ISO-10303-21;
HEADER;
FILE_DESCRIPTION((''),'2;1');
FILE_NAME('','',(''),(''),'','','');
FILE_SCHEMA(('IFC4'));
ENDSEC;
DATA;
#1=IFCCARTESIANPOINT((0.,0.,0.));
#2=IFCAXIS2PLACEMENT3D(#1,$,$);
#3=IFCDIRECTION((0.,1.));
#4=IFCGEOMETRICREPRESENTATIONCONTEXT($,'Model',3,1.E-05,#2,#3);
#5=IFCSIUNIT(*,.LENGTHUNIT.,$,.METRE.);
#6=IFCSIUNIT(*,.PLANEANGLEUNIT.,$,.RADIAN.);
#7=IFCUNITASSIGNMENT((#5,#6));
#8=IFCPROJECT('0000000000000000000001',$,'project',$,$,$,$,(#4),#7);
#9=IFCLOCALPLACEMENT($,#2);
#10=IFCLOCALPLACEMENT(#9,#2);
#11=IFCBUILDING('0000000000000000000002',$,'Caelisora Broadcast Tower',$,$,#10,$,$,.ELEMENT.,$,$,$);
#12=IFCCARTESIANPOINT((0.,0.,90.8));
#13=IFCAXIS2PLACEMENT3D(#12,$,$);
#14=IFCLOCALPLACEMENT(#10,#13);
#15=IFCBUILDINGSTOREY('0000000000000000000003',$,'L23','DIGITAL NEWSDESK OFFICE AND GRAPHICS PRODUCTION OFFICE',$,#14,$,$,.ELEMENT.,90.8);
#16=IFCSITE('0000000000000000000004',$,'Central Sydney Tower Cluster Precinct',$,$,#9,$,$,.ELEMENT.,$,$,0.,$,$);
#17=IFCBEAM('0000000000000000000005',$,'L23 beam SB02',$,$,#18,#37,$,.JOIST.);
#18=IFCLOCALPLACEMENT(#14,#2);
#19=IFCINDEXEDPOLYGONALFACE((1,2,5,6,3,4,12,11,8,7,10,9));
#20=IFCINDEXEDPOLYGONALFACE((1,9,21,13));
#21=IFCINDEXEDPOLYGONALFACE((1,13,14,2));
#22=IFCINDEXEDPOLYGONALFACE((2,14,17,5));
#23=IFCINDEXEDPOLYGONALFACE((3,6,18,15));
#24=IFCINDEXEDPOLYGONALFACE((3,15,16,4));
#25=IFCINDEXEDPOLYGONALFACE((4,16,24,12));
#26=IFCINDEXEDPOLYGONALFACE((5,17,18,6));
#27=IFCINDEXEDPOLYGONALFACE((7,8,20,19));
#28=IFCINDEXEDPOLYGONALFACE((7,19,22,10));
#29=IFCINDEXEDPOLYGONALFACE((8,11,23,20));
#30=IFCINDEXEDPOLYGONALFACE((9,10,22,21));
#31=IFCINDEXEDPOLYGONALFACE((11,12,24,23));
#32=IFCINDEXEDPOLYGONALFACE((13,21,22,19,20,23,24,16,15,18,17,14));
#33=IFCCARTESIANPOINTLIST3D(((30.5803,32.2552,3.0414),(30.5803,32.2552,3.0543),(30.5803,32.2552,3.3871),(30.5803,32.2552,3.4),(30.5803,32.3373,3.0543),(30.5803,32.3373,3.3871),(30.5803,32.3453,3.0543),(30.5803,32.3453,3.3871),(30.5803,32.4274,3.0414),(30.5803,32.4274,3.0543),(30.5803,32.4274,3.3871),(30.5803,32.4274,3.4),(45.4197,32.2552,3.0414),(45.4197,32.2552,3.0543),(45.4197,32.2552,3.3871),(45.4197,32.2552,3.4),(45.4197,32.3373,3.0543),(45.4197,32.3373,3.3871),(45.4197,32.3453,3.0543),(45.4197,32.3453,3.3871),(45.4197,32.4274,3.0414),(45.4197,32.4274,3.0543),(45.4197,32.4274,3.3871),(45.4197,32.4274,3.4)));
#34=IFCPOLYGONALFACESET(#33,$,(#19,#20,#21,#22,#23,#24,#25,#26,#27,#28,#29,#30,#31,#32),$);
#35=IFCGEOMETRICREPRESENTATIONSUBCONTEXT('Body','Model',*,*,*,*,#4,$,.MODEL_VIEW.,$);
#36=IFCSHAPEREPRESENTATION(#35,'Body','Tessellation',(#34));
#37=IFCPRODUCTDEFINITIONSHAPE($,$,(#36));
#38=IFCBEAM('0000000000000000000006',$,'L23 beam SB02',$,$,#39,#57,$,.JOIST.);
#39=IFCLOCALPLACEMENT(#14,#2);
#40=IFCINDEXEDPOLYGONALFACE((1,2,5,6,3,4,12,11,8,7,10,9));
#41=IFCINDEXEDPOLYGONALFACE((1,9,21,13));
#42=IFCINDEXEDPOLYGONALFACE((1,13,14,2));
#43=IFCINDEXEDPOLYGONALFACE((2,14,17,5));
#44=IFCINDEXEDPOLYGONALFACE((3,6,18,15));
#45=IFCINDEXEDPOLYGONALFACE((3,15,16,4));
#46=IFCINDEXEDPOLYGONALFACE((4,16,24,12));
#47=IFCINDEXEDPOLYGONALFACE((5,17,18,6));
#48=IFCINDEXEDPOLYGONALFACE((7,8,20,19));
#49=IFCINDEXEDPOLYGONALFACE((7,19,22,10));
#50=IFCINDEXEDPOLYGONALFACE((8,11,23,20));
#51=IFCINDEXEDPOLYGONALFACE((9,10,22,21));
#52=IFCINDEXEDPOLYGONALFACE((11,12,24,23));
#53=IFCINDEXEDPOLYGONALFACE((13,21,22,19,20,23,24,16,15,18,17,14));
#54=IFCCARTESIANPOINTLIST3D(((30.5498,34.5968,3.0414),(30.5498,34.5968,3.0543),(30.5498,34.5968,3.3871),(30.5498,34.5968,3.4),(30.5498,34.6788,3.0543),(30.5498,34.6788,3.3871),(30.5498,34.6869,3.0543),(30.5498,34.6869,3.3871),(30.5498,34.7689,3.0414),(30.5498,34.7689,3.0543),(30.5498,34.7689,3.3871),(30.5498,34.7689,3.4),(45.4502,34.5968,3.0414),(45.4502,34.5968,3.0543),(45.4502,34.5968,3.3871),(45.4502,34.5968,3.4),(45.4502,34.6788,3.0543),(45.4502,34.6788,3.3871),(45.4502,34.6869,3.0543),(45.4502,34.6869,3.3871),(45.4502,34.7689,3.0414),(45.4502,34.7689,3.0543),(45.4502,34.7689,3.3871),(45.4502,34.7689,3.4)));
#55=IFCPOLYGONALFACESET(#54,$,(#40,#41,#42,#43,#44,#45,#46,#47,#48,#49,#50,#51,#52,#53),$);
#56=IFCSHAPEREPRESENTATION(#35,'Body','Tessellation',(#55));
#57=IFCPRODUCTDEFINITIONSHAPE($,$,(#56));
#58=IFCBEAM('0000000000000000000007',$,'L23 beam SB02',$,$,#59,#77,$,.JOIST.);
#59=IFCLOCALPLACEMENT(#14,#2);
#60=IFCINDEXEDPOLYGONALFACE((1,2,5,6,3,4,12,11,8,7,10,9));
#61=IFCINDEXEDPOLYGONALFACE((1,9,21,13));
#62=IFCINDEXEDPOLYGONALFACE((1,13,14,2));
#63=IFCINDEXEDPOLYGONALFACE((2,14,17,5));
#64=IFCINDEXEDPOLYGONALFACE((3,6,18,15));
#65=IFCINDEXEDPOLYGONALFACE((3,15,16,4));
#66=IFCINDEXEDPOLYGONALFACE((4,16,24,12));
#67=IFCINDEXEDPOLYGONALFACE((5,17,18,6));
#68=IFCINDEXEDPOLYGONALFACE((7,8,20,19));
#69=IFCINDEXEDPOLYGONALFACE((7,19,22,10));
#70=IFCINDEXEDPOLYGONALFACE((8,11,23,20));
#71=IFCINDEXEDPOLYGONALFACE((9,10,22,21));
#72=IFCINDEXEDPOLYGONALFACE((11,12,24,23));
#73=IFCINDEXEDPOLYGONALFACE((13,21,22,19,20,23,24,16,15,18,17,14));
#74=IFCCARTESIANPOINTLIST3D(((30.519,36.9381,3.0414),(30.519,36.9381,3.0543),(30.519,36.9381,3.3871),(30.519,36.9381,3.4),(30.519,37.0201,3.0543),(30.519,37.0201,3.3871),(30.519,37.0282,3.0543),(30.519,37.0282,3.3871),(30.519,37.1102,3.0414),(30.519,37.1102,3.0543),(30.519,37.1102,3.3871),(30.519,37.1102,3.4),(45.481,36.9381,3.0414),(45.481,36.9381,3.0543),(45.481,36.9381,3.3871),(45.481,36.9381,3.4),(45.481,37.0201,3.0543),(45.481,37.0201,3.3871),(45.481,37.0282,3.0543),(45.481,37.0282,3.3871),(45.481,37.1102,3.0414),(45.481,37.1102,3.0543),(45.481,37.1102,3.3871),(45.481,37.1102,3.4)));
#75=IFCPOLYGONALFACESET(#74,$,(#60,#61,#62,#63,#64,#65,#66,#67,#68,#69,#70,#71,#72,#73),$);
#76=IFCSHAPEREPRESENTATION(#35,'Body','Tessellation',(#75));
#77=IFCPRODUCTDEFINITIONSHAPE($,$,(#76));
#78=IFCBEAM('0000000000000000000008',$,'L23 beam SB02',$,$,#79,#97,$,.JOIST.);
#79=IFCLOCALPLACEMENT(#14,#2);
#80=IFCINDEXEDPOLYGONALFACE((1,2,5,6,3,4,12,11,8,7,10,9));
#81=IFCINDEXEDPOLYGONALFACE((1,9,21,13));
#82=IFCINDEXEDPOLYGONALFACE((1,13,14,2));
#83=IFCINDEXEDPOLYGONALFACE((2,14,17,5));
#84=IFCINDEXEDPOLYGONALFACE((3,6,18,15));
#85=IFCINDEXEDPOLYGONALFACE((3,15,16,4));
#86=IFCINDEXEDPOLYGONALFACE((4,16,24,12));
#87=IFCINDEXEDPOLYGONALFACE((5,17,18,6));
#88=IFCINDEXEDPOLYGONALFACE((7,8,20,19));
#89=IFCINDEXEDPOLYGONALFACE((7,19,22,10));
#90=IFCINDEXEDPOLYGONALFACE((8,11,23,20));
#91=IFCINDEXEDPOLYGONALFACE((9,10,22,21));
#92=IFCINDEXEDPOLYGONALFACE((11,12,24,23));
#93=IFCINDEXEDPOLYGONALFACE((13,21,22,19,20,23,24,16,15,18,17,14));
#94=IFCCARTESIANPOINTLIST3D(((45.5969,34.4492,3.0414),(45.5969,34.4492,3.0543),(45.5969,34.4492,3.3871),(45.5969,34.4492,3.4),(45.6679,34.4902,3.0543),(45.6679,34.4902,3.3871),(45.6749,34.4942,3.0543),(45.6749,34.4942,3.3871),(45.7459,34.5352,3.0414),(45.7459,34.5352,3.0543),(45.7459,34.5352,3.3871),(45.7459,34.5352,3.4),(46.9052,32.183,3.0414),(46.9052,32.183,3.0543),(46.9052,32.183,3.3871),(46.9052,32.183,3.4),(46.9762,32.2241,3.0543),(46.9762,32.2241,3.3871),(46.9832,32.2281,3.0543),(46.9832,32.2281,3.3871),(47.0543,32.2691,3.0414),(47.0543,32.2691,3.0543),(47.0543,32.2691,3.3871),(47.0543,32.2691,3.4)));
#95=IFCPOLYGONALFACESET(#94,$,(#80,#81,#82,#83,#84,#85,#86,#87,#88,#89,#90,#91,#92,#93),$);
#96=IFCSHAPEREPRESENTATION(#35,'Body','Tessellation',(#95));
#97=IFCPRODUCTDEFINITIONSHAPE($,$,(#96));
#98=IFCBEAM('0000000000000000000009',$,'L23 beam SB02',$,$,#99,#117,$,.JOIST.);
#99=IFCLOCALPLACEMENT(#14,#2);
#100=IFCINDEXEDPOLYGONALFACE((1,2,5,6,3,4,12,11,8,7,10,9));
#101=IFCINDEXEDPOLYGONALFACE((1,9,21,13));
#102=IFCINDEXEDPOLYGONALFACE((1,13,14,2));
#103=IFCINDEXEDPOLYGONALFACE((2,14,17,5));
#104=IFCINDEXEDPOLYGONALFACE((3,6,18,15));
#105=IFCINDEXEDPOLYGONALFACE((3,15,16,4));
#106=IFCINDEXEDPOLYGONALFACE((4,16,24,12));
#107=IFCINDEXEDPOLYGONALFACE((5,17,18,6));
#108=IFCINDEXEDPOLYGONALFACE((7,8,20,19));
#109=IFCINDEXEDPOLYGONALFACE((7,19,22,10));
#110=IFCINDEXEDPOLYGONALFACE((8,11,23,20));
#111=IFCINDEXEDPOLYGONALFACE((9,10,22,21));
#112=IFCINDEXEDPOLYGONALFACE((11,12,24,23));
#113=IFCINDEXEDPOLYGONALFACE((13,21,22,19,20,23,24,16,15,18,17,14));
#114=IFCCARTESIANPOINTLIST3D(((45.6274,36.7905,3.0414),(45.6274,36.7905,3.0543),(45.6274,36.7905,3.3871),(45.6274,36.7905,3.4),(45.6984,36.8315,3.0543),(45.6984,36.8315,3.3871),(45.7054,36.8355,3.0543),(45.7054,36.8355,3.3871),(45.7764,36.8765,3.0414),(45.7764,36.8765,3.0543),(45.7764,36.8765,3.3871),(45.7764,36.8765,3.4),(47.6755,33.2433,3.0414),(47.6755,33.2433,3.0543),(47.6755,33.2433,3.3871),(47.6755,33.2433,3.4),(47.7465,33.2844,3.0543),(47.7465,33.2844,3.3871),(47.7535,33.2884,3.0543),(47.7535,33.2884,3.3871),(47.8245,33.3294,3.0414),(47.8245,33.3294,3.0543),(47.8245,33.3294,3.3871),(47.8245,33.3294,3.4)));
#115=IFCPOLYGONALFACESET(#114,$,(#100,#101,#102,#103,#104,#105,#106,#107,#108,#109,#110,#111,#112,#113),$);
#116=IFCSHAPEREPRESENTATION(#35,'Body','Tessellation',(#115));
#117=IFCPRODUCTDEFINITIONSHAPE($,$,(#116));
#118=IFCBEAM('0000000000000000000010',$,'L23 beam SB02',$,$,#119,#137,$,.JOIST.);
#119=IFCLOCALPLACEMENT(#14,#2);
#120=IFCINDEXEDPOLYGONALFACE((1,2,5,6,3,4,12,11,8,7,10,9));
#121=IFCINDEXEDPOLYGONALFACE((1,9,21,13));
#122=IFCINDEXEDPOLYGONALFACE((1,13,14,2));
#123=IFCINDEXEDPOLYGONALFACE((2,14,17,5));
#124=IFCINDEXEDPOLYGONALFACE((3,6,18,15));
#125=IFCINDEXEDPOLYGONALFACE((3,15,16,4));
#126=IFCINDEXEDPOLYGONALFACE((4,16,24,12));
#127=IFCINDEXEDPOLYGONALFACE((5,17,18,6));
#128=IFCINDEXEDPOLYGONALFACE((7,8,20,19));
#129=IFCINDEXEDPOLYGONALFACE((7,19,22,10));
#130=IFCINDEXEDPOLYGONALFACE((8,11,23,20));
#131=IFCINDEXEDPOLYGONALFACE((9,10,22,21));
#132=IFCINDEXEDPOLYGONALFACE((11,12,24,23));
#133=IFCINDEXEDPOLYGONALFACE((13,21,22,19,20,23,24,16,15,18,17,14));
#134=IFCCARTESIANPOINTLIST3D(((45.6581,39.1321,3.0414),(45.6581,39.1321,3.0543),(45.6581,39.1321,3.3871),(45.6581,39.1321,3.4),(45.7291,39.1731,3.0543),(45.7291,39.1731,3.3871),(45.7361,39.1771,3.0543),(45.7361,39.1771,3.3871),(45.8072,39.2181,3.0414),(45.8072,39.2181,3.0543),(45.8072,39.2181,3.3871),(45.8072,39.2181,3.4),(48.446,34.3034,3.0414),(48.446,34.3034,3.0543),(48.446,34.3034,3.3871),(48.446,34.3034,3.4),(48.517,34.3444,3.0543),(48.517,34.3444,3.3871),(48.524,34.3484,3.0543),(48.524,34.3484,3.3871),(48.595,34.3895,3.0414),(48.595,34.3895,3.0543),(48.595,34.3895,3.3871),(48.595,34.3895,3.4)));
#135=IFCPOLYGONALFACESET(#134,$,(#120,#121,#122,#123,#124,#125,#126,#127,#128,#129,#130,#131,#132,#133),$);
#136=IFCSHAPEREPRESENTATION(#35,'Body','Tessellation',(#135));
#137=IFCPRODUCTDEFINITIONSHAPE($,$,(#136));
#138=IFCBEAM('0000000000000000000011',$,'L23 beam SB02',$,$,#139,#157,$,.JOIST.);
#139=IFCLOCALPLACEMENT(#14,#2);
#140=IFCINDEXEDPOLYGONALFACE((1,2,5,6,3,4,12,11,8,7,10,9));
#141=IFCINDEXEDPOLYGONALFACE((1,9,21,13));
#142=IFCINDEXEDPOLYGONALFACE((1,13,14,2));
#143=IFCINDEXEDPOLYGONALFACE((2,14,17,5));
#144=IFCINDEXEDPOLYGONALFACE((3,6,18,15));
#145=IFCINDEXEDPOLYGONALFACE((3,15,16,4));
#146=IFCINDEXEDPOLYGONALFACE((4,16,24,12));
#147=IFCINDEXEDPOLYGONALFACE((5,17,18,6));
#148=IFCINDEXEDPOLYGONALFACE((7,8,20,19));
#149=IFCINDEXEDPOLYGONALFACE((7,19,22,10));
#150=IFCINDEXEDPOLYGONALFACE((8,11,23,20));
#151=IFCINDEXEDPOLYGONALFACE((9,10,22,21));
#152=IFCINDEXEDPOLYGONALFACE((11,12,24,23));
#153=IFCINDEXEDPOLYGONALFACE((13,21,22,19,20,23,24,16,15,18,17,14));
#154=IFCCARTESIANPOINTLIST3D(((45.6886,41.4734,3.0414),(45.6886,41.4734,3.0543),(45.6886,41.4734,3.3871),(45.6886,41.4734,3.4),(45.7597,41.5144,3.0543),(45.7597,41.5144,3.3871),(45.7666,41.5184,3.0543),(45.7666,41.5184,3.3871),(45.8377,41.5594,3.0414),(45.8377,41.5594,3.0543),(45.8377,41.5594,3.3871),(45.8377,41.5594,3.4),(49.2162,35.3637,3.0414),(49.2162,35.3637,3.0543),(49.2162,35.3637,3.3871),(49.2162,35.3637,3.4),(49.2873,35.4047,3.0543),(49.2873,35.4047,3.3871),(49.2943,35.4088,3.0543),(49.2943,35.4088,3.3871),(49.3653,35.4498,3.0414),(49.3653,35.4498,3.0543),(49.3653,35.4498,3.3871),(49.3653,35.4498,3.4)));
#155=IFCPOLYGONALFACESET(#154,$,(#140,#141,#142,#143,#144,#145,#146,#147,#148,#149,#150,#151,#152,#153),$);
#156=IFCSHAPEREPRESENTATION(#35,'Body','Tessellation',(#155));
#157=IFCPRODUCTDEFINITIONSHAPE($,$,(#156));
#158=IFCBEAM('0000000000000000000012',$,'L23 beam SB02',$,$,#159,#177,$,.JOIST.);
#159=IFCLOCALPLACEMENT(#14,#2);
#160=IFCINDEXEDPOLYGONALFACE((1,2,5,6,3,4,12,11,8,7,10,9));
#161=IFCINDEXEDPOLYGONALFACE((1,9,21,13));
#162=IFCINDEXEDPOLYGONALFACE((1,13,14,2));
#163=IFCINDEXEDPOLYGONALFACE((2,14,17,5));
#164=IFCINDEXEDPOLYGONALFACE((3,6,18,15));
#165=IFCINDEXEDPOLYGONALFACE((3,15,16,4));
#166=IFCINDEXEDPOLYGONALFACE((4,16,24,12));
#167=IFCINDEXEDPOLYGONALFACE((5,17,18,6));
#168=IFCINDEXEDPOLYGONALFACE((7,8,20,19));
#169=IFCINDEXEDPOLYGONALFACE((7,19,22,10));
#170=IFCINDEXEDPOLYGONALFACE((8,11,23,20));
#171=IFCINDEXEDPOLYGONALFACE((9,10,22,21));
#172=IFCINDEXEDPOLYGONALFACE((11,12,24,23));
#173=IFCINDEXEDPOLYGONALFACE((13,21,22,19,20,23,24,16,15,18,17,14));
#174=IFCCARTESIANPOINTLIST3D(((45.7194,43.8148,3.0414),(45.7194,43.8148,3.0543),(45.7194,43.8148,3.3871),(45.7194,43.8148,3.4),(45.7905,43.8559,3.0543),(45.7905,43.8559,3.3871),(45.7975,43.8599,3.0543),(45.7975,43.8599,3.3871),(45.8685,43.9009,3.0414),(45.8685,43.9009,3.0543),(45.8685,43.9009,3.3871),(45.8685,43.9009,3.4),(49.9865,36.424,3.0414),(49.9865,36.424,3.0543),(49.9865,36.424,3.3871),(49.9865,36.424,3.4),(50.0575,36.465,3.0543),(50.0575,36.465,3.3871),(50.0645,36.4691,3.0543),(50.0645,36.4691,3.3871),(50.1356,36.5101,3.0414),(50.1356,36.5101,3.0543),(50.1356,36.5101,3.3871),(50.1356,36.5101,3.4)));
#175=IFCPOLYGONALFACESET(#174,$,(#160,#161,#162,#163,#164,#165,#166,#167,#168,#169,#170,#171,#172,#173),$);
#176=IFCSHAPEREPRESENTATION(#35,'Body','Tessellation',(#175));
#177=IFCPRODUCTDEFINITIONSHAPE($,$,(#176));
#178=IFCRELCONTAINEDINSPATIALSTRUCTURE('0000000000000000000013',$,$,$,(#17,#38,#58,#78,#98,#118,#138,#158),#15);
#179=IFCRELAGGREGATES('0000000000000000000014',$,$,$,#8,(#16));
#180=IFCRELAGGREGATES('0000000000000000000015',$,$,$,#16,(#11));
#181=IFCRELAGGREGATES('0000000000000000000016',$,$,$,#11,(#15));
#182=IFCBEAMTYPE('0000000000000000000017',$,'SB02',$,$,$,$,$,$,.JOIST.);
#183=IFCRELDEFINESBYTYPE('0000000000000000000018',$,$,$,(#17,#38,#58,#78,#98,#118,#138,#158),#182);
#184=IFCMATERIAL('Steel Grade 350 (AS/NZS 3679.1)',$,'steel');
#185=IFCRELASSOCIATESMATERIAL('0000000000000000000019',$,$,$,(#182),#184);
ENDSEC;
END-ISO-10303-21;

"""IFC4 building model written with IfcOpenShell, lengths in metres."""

from ifc_helpers import new_model, si_unit, direction, frame, origin, origin_2d, place, context, subcontext, project, spatial, i_section, extrude, source, transform, mapped, material, material_profile, profile_set, type_object, type_shapes, element, save


model = new_model("IFC4")

# Units and contexts
model_context = context("Model", 3, precision=1e-05, world=origin(), true_north=direction((0.0, 1.0)))
body_context = subcontext(model_context, "Body", "Model", "MODEL_VIEW")
ifc_project = project(units=[si_unit("LENGTHUNIT", "METRE"), si_unit("PLANEANGLEUNIT", "RADIAN")], contexts=[model_context])

# Site, building, storey
site_placement = place(None, origin())
site = spatial("IfcSite", under=ifc_project, at=site_placement, Name="Central Sydney Tower Cluster Precinct", CompositionType="ELEMENT", RefElevation=0.0)
building_placement = place(site_placement, origin())
building = spatial("IfcBuilding", under=site, at=building_placement, Name="Caelisora Broadcast Tower", CompositionType="ELEMENT")
storey_placement = place(building_placement, frame((0.0, 0.0, 90.8)))
storey = spatial("IfcBuildingStorey", under=building, at=storey_placement, Name="L23", Description="DIGITAL NEWSDESK OFFICE AND GRAPHICS PRODUCTION OFFICE", CompositionType="ELEMENT", Elevation=90.8)

# Beams
ifc_material_1 = material(Name="Steel Grade 350 (AS/NZS 3679.1)", Category="steel")
ifc_material_profile_1 = material_profile(ifc_material_1, i_section(OverallWidth=0.1721, OverallDepth=0.3586, WebThickness=0.0081, FlangeThickness=0.0129, at=origin_2d()), Name="Steel Grade 350 (AS/NZS 3679.1)")
ifc_profile_set_1 = profile_set([ifc_material_profile_1], Name="Steel Grade 350 (AS/NZS 3679.1)")
beam_type = type_object("IfcBeamType", Name="SB02", PredefinedType="JOIST", material=ifc_profile_set_1)
shared_shape_1 = source(origin(), body_context, "Body", "SweptSolid", [
    extrude(i_section(OverallWidth=0.1721, OverallDepth=0.3586, WebThickness=0.0081, FlangeThickness=0.0129, at=origin_2d()), origin(), (0.0, 0.0, 1.0), 14.8394),
])
beam_1_placement = place(storey_placement, frame((45.4197, 32.3413, 3.2207), z_axis=(-1.0, 0.0, 0.0), x_axis=(0.0, -1.0, 0.0)))
element("IfcBeam", 1, at=beam_1_placement, inside=storey, type_object=beam_type, Name="L23 beam SB02", PredefinedType="JOIST", context=body_context, shape_type="MappedRepresentation", body=[
    mapped(shared_shape_1, transform((0.0, 0.0, 0.0), scale=1.0)),
])
shared_shape_2 = source(origin(), body_context, "Body", "SweptSolid", [
    extrude(i_section(OverallWidth=0.1721, OverallDepth=0.3586, WebThickness=0.0081, FlangeThickness=0.0129, at=origin_2d()), origin(), (0.0, 0.0, 1.0), 14.9004),
])
beam_2_placement = place(storey_placement, frame((45.4502, 34.6829, 3.2207), z_axis=(-1.0, 0.0, 0.0), x_axis=(0.0, -1.0, 0.0)))
element("IfcBeam", 2, at=beam_2_placement, inside=storey, type_object=beam_type, Name="L23 beam SB02", PredefinedType="JOIST", context=body_context, shape_type="MappedRepresentation", body=[
    mapped(shared_shape_2, transform((0.0, 0.0, 0.0), scale=1.0)),
])
shared_shape_3 = source(origin(), body_context, "Body", "SweptSolid", [
    extrude(i_section(OverallWidth=0.1721, OverallDepth=0.3586, WebThickness=0.0081, FlangeThickness=0.0129, at=origin_2d()), origin(), (0.0, 0.0, 1.0), 14.9619),
])
beam_3_placement = place(storey_placement, frame((45.481, 37.0242, 3.2207), z_axis=(-1.0, 0.0, 0.0), x_axis=(0.0, -1.0, 0.0)))
element("IfcBeam", 3, at=beam_3_placement, inside=storey, type_object=beam_type, Name="L23 beam SB02", PredefinedType="JOIST", context=body_context, shape_type="MappedRepresentation", body=[
    mapped(shared_shape_3, transform((0.0, 0.0, 0.0), scale=1.0)),
])
shared_shape_4 = source(origin(), body_context, "Body", "SweptSolid", [
    extrude(i_section(OverallWidth=0.1721, OverallDepth=0.3586, WebThickness=0.0081, FlangeThickness=0.0129, at=origin_2d()), origin(), (0.0, 0.0, 1.0), 2.6167),
])
beam_4_placement = place(storey_placement, frame((46.9797, 32.2261, 3.2207), z_axis=(-0.500002, 0.866024, 0.0), x_axis=(-0.866024, -0.500002, 0.0)))
element("IfcBeam", 4, at=beam_4_placement, inside=storey, type_object=beam_type, Name="L23 beam SB02", PredefinedType="JOIST", context=body_context, shape_type="MappedRepresentation", body=[
    mapped(shared_shape_4, transform((0.0, 0.0, 0.0), scale=1.0)),
])
shared_shape_5 = source(origin(), body_context, "Body", "SweptSolid", [
    extrude(i_section(OverallWidth=0.1721, OverallDepth=0.3586, WebThickness=0.0081, FlangeThickness=0.0129, at=origin_2d()), origin(), (0.0, 0.0, 1.0), 4.0959),
])
beam_5_placement = place(storey_placement, frame((47.75, 33.2864, 3.2207), z_axis=(-0.50003, 0.866008, 0.0), x_axis=(-0.866008, -0.50003, 0.0)))
element("IfcBeam", 5, at=beam_5_placement, inside=storey, type_object=beam_type, Name="L23 beam SB02", PredefinedType="JOIST", context=body_context, shape_type="MappedRepresentation", body=[
    mapped(shared_shape_5, transform((0.0, 0.0, 0.0), scale=1.0)),
])
shared_shape_6 = source(origin(), body_context, "Body", "SweptSolid", [
    extrude(i_section(OverallWidth=0.1721, OverallDepth=0.3586, WebThickness=0.0081, FlangeThickness=0.0129, at=origin_2d()), origin(), (0.0, 0.0, 1.0), 5.5757),
])
beam_6_placement = place(storey_placement, frame((48.5205, 34.3464, 3.2207), z_axis=(-0.500005, 0.866022, 0.0), x_axis=(-0.866022, -0.500005, 0.0)))
element("IfcBeam", 6, at=beam_6_placement, inside=storey, type_object=beam_type, Name="L23 beam SB02", PredefinedType="JOIST", context=body_context, shape_type="MappedRepresentation", body=[
    mapped(shared_shape_6, transform((0.0, 0.0, 0.0), scale=1.0)),
])
shared_shape_7 = source(origin(), body_context, "Body", "SweptSolid", [
    extrude(i_section(OverallWidth=0.1721, OverallDepth=0.3586, WebThickness=0.0081, FlangeThickness=0.0129, at=origin_2d()), origin(), (0.0, 0.0, 1.0), 7.0549),
])
beam_7_placement = place(storey_placement, frame((49.2908, 35.4067, 3.2207), z_axis=(-0.500021, 0.866013, 0.0), x_axis=(-0.866013, -0.500021, 0.0)))
element("IfcBeam", 7, at=beam_7_placement, inside=storey, type_object=beam_type, Name="L23 beam SB02", PredefinedType="JOIST", context=body_context, shape_type="MappedRepresentation", body=[
    mapped(shared_shape_7, transform((0.0, 0.0, 0.0), scale=1.0)),
])
shared_shape_8 = source(origin(), body_context, "Body", "SweptSolid", [
    extrude(i_section(OverallWidth=0.1721, OverallDepth=0.3586, WebThickness=0.0081, FlangeThickness=0.0129, at=origin_2d()), origin(), (0.0, 0.0, 1.0), 8.5342),
])
type_shapes(beam_type, [shared_shape_1, shared_shape_2, shared_shape_3, shared_shape_4, shared_shape_5, shared_shape_6, shared_shape_7, shared_shape_8])
beam_8_placement = place(storey_placement, frame((50.061, 36.467, 3.2207), z_axis=(-0.499997, 0.866027, 0.0), x_axis=(-0.866027, -0.499997, 0.0)))
element("IfcBeam", 8, at=beam_8_placement, inside=storey, type_object=beam_type, Name="L23 beam SB02", PredefinedType="JOIST", context=body_context, shape_type="MappedRepresentation", body=[
    mapped(shared_shape_8, transform((0.0, 0.0, 0.0), scale=1.0)),
])

save(model, "model.ifc")
